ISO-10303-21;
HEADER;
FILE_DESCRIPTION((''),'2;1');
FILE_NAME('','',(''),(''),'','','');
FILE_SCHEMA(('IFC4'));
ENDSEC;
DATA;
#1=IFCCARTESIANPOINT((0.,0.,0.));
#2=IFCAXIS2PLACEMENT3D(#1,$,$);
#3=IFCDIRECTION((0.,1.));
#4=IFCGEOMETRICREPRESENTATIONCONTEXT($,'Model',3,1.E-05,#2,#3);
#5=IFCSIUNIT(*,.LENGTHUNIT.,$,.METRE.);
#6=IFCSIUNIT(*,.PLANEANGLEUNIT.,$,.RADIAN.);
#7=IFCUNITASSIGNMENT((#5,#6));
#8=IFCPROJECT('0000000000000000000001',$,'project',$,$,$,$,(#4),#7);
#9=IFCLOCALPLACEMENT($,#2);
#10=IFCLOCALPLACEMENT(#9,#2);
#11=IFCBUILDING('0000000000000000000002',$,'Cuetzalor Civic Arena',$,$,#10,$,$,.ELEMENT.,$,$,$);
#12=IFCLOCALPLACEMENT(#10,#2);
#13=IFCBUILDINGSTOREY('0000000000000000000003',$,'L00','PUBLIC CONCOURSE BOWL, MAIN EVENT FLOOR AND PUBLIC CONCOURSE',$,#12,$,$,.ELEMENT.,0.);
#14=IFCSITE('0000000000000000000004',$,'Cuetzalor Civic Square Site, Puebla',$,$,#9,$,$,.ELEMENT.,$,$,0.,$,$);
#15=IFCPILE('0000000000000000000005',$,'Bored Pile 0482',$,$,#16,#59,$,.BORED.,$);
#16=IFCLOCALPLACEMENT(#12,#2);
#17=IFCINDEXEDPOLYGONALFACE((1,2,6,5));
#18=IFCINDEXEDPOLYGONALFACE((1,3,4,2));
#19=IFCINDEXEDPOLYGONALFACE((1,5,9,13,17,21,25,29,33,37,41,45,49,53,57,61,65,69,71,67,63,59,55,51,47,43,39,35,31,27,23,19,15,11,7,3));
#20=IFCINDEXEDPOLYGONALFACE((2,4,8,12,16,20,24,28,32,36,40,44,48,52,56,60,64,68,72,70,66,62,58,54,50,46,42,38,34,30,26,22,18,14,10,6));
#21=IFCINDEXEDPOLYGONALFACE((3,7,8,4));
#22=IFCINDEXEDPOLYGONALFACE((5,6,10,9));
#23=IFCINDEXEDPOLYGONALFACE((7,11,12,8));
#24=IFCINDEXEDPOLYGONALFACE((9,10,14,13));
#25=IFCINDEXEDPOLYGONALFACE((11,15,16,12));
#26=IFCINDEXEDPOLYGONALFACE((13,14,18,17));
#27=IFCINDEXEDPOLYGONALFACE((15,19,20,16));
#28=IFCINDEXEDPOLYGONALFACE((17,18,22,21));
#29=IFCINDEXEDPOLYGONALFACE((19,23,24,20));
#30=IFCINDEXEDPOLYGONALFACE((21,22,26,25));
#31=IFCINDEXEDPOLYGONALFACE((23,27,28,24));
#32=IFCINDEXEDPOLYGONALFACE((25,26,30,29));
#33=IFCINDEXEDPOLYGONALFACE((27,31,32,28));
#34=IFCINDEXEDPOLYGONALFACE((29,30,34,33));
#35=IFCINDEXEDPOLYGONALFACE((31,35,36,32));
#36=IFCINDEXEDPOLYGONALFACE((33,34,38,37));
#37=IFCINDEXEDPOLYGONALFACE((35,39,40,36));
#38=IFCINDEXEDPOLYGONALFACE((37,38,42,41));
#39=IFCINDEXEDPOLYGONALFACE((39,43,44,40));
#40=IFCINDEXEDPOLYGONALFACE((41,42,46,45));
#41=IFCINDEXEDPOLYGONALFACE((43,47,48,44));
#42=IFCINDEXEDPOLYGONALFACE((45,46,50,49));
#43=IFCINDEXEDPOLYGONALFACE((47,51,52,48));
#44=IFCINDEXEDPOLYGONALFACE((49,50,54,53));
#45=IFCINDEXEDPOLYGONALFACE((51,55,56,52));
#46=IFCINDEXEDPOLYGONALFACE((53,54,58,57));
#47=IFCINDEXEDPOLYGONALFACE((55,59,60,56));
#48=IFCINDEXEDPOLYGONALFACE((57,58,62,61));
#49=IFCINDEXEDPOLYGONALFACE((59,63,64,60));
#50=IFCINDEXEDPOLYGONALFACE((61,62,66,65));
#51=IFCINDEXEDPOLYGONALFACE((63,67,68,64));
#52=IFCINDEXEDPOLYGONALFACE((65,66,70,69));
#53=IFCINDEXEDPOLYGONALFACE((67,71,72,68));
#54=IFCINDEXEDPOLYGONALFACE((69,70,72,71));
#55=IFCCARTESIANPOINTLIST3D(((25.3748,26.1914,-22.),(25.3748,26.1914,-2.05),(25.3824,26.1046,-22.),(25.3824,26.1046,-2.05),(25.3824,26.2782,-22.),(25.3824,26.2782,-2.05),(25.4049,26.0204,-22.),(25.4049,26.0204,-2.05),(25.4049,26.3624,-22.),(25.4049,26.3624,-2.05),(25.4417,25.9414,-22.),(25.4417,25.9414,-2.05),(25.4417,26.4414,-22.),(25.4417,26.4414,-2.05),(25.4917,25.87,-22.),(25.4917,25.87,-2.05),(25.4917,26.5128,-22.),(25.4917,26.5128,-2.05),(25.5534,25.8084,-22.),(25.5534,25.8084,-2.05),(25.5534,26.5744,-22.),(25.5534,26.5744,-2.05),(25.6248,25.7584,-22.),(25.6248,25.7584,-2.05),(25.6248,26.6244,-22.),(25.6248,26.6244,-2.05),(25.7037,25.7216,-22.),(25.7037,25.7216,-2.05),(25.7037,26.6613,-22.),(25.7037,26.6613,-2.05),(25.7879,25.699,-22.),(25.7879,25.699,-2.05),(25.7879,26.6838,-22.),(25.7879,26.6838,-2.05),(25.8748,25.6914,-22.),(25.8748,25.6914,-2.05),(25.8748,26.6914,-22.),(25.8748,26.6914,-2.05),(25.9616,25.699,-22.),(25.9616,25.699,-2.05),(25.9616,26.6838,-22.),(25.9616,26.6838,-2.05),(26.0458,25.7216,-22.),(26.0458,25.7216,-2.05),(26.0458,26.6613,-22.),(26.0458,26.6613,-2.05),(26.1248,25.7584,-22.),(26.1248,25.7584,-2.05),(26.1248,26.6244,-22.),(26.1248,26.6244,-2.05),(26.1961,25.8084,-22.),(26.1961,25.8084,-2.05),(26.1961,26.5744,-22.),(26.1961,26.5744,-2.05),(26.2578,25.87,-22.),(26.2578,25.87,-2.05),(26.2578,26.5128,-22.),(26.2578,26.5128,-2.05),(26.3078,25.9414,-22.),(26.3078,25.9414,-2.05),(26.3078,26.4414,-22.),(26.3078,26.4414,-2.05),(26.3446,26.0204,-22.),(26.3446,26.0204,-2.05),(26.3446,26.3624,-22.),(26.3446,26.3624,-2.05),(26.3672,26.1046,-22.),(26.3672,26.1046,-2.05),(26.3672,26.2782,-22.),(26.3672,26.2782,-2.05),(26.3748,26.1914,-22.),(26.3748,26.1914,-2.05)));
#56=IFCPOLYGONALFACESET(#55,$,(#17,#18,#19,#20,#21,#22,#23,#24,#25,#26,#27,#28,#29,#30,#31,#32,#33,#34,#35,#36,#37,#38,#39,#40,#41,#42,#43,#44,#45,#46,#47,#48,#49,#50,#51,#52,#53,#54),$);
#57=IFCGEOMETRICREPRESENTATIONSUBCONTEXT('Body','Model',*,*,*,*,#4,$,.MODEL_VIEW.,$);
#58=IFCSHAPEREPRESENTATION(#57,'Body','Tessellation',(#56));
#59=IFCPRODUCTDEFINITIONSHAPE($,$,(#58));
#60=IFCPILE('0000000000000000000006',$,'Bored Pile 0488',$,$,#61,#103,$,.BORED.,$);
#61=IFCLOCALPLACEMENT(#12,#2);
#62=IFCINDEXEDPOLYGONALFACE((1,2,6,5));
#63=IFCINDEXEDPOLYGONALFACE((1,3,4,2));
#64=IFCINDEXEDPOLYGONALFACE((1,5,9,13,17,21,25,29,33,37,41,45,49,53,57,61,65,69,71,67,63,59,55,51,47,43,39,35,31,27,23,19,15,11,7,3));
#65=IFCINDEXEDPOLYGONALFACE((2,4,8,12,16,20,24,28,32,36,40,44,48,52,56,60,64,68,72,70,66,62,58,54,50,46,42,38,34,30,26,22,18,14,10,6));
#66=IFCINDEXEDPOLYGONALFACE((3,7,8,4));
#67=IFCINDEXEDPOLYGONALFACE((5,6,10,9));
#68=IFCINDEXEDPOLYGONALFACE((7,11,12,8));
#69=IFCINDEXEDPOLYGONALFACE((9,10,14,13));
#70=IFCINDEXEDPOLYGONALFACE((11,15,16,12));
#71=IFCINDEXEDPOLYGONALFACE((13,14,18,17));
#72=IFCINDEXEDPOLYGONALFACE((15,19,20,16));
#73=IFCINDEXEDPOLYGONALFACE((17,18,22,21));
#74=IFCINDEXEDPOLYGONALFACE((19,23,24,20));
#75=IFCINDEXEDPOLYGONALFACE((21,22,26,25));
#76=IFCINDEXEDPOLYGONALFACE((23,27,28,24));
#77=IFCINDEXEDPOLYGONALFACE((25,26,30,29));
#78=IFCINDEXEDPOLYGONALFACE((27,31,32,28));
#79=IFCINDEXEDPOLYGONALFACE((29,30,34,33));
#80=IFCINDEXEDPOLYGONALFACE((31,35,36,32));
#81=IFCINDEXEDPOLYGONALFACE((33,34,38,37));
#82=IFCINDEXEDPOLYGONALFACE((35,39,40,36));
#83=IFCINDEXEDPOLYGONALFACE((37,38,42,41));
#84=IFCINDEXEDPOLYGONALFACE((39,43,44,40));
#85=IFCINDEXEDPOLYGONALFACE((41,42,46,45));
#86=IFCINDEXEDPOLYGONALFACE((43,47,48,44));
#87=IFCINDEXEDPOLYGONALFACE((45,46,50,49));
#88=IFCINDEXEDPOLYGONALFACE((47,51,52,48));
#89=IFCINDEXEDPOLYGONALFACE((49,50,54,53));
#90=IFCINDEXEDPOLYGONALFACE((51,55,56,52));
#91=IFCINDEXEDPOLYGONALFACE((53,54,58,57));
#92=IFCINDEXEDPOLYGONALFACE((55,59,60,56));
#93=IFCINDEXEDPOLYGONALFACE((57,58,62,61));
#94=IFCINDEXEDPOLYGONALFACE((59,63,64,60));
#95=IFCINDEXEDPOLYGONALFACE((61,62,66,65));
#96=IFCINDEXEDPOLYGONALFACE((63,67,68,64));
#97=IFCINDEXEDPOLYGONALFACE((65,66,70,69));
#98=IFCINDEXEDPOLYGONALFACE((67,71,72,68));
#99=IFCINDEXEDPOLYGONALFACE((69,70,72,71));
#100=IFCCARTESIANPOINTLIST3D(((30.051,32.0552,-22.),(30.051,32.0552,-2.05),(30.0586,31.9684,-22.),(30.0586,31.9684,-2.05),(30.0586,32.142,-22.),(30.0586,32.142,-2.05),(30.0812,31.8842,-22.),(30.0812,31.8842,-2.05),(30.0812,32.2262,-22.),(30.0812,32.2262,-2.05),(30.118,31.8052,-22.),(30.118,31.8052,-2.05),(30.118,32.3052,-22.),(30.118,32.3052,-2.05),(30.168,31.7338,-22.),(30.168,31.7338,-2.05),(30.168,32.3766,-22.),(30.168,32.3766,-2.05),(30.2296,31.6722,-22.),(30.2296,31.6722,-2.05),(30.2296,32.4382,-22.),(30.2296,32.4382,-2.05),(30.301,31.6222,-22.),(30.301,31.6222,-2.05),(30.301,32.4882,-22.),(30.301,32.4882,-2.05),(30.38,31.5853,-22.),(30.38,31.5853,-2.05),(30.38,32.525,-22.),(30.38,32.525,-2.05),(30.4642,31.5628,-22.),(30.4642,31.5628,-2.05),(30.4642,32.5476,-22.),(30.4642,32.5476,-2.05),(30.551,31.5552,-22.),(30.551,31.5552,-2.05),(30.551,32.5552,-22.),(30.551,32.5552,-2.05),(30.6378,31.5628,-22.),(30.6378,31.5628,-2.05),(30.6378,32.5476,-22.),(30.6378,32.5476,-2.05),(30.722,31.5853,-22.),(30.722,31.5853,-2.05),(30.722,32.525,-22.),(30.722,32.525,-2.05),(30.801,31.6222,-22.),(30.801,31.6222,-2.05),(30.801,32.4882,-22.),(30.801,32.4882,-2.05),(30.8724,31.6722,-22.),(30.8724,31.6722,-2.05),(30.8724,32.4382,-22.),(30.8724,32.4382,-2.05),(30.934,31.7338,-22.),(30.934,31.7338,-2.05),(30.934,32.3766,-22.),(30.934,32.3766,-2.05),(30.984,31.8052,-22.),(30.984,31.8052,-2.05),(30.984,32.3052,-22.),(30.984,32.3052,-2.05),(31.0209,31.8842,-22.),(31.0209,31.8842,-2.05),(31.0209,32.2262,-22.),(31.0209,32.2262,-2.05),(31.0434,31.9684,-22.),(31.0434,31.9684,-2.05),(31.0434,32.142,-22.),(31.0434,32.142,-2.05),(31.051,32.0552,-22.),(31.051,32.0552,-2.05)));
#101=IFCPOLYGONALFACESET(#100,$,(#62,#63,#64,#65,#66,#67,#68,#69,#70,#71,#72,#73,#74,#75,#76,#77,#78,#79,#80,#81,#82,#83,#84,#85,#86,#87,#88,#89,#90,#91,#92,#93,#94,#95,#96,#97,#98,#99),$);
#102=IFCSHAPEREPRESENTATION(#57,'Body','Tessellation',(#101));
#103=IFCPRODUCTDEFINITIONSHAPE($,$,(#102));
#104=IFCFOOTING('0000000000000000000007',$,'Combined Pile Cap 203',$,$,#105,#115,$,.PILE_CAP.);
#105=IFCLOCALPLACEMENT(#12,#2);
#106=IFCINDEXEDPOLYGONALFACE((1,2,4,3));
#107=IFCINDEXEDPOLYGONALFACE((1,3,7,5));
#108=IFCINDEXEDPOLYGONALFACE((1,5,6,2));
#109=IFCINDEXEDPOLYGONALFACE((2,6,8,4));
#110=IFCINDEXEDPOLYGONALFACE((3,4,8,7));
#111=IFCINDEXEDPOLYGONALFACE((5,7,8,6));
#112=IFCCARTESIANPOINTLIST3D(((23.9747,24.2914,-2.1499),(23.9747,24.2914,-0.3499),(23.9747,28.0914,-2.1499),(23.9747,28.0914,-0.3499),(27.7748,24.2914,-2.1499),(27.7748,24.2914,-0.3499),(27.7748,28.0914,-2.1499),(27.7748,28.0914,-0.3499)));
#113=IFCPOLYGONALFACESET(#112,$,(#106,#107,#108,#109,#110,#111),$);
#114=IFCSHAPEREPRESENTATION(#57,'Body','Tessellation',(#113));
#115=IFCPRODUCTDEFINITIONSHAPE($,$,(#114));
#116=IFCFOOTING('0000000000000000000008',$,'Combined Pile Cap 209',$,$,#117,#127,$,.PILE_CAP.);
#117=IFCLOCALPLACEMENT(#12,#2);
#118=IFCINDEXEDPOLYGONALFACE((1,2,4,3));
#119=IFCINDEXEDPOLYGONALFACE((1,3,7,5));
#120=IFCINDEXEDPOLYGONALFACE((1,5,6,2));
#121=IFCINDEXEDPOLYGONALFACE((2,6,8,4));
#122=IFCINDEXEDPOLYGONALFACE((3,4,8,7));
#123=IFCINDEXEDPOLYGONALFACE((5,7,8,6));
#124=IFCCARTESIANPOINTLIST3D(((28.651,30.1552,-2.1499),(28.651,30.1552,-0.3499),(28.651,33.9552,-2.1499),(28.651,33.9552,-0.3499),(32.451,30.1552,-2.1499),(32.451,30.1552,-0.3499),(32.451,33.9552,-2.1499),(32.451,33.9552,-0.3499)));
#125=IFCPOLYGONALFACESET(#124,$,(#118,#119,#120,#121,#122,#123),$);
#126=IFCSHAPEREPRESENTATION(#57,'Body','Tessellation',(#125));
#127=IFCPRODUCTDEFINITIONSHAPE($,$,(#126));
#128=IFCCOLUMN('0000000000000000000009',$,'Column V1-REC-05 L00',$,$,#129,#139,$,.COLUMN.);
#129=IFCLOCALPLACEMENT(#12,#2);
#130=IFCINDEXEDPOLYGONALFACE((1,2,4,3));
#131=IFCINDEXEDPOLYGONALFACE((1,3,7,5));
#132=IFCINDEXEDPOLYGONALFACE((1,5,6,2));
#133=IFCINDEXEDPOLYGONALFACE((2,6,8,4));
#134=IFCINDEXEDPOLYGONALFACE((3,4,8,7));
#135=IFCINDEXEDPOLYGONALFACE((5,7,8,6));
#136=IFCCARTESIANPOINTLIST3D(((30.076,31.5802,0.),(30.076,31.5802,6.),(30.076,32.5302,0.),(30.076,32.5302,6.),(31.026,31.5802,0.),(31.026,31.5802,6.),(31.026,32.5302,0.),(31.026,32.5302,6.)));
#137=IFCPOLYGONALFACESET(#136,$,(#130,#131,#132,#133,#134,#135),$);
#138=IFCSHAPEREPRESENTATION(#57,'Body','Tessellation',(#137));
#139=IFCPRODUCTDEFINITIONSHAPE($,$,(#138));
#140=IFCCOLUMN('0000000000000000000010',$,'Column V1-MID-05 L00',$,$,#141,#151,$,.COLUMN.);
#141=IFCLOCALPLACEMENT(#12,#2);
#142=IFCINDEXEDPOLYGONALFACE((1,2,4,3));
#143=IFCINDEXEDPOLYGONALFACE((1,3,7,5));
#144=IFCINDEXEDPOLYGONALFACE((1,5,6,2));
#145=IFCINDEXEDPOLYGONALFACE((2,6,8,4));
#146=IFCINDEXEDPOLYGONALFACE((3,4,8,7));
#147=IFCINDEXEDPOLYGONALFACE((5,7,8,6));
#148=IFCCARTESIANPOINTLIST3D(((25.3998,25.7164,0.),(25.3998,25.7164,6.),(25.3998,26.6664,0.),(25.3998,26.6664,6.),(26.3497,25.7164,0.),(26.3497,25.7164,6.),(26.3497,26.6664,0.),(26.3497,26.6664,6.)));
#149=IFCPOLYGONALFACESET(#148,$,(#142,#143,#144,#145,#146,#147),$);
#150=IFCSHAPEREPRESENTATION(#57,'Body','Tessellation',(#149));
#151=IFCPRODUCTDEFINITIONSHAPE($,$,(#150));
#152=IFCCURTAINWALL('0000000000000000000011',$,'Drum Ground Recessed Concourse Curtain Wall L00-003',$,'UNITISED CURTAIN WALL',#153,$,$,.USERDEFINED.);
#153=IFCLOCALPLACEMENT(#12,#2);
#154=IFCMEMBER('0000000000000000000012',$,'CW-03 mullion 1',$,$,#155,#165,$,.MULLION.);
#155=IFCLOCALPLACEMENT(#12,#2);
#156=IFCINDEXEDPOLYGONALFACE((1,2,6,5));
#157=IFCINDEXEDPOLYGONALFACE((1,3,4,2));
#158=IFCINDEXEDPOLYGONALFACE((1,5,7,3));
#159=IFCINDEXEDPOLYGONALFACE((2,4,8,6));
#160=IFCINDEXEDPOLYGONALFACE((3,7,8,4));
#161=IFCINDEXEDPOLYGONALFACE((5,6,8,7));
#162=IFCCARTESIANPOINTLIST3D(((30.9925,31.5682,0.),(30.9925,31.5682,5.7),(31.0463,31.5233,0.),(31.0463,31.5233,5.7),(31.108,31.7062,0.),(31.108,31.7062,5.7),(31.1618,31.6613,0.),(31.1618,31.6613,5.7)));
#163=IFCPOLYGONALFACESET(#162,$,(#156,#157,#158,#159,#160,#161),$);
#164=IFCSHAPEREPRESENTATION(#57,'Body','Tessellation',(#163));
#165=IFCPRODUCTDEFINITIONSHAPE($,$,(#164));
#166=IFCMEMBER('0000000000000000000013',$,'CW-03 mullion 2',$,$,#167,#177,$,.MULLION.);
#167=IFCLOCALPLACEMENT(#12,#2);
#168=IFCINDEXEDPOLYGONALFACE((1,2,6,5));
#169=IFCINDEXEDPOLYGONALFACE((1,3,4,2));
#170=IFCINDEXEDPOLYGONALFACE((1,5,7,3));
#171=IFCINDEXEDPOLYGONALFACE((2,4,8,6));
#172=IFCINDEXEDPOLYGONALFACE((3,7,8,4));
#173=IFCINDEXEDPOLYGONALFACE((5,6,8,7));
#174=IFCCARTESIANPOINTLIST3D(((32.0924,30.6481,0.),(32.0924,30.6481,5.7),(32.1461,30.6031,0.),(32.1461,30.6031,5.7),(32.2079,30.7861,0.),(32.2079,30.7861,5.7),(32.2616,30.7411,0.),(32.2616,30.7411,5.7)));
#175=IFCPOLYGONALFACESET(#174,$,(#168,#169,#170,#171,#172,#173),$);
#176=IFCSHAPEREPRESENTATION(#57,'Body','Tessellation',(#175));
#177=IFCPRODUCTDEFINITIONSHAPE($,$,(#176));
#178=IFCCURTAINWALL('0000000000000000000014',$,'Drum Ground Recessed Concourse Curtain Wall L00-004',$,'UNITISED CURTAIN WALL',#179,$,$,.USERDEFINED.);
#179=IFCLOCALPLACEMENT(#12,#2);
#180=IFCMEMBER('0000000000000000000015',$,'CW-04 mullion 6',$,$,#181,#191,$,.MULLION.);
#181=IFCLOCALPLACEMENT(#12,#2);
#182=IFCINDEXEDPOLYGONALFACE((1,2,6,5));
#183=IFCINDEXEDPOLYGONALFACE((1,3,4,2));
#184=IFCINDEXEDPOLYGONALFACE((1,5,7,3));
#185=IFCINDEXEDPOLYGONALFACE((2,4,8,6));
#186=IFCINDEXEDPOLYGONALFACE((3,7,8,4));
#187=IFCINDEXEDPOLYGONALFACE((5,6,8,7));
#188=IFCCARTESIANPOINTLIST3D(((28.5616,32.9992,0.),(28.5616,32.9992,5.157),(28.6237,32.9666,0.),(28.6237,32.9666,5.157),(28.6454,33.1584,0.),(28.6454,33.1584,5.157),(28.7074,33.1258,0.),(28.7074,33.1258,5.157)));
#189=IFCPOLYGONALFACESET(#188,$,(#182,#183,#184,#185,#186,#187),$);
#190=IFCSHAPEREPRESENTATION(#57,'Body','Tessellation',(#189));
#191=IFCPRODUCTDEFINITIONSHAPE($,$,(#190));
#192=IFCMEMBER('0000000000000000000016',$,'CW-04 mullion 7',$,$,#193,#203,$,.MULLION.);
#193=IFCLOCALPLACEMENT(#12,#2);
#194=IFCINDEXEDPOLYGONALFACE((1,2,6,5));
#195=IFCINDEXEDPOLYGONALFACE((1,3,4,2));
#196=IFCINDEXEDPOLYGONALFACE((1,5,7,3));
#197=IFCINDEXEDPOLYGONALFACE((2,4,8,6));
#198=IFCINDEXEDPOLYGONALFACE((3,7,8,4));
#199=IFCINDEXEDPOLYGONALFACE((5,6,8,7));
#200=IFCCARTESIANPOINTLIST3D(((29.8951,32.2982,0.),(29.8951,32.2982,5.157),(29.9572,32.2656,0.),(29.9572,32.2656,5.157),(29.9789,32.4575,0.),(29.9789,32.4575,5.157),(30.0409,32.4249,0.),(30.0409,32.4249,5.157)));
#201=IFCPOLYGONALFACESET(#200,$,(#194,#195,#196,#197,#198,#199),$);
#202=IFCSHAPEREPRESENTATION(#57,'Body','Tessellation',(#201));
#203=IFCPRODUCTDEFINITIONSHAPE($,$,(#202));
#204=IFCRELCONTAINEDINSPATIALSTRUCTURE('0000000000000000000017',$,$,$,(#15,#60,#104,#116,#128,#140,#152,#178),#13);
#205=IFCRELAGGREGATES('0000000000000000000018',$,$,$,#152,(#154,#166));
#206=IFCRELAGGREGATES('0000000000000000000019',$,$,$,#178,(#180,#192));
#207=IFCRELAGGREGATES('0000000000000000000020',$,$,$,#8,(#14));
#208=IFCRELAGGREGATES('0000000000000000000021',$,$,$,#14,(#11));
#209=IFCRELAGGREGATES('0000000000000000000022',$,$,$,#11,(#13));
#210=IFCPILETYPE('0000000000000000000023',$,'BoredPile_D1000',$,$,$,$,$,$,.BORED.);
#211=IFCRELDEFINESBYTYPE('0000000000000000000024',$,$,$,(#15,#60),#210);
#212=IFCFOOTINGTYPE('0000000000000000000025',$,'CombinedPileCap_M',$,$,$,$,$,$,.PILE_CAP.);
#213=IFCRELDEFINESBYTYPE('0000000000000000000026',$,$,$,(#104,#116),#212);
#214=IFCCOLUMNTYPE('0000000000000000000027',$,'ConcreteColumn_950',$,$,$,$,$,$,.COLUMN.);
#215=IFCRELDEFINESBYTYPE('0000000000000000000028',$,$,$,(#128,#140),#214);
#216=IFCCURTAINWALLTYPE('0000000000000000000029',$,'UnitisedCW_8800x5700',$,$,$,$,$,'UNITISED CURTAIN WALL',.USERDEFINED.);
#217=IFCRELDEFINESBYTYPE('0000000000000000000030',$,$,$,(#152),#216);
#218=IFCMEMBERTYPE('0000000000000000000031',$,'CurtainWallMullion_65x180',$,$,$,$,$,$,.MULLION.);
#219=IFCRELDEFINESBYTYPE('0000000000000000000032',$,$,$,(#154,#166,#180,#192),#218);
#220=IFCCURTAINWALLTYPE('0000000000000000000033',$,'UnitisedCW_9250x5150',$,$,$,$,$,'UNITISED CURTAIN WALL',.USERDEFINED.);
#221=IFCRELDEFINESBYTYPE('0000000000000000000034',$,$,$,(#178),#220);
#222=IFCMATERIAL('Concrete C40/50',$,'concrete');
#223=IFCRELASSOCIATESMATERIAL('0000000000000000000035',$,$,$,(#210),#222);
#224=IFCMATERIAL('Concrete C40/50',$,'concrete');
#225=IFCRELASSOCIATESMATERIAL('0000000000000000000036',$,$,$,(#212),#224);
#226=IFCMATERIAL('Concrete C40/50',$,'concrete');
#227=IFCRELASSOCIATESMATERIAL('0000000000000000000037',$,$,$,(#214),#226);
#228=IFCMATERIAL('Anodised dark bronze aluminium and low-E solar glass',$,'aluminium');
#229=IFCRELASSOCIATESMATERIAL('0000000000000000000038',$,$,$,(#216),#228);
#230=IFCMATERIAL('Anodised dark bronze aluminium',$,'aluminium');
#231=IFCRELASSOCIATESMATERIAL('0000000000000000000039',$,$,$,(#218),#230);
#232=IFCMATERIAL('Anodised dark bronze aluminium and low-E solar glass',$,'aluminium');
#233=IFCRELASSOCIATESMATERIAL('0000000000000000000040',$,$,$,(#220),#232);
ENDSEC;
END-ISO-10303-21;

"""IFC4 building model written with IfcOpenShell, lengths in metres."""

from ifc_helpers import new_model, si_unit, direction, frame, origin, origin_2d, place, context, subcontext, project, spatial, rectangle, circle, extrude, material, material_profile, profile_set, type_object, element, aggregate, save


model = new_model("IFC4")

# Units and contexts
model_context = context("Model", 3, precision=1e-05, world=origin(), true_north=direction((0.0, 1.0)))
body_context = subcontext(model_context, "Body", "Model", "MODEL_VIEW")
ifc_project = project(units=[si_unit("LENGTHUNIT", "METRE"), si_unit("PLANEANGLEUNIT", "RADIAN")], contexts=[model_context])

# Site, building, storey
site_placement = place(None, origin())
site = spatial("IfcSite", under=ifc_project, at=site_placement, Name="Cuetzalor Civic Square Site, Puebla", CompositionType="ELEMENT", RefElevation=0.0)
building_placement = place(site_placement, origin())
building = spatial("IfcBuilding", under=site, at=building_placement, Name="Cuetzalor Civic Arena", CompositionType="ELEMENT")
storey_placement = place(building_placement, origin())
storey = spatial("IfcBuildingStorey", under=building, at=storey_placement, Name="L00", Description="PUBLIC CONCOURSE BOWL, MAIN EVENT FLOOR AND PUBLIC CONCOURSE", CompositionType="ELEMENT", Elevation=0.0)

# Piles
ifc_material_1 = material(Name="Concrete C40/50", Category="concrete")
ifc_material_profile_1 = material_profile(ifc_material_1, circle(Radius=0.5, at=origin_2d()), Name="BORED PILE D1000")
ifc_profile_set_1 = profile_set([ifc_material_profile_1], Name="Concrete C40/50")
pile_type = type_object("IfcPileType", Name="BoredPile_D1000", PredefinedType="BORED", material=ifc_profile_set_1)
for number, where, z_axis, x_axis, name in (
    (1, (25.8748, 26.1914, -2.05), (0.0, 0.0, -1.0), (1.0, 0.0, 0.0), "Bored Pile 0482"),
    (2, (30.551, 32.0552, -2.05), (0.0, 0.0, -1.0), (1.0, 0.0, 0.0), "Bored Pile 0488"),
):
    element("IfcPile", number, at=place(storey_placement, frame(where, z_axis=z_axis, x_axis=x_axis)), inside=storey, type_object=pile_type, Name=name, PredefinedType="BORED", context=body_context, shape_type="SweptSolid", body=[
        extrude(circle(Radius=0.5, at=origin_2d()), origin(), (0.0, 0.0, 1.0), 19.95),
    ])

# Footings
ifc_material_2 = material(Name="Concrete C40/50", Category="concrete")
footing_type = type_object("IfcFootingType", Name="CombinedPileCap_M", PredefinedType="PILE_CAP", material=ifc_material_2)
for number, where, z_axis, x_axis, name in (
    (3, (25.8748, 26.1914, -2.1499), (0.0, 0.0, 1.0), (1.0, 0.0, 0.0), "Combined Pile Cap 203"),
    (4, (30.551, 32.0552, -2.1499), (0.0, 0.0, 1.0), (1.0, 0.0, 0.0), "Combined Pile Cap 209"),
):
    element("IfcFooting", number, at=place(storey_placement, frame(where, z_axis=z_axis, x_axis=x_axis)), inside=storey, type_object=footing_type, Name=name, PredefinedType="PILE_CAP", context=body_context, shape_type="SweptSolid", body=[
        extrude(rectangle(XDim=3.8, YDim=3.8, at=origin_2d()), origin(), (0.0, 0.0, 1.0), 1.8),
    ])

# Columns
ifc_material_3 = material(Name="Concrete C40/50", Category="concrete")
ifc_material_profile_2 = material_profile(ifc_material_3, rectangle(XDim=0.95, YDim=0.95, at=origin_2d()), Name="RC 950x950")
ifc_profile_set_2 = profile_set([ifc_material_profile_2], Name="Concrete C40/50")
column_type = type_object("IfcColumnType", Name="ConcreteColumn_950", PredefinedType="COLUMN", material=ifc_profile_set_2)
for number, where, z_axis, x_axis, name in (
    (5, (30.551, 32.0552, 0.0), (0.0, 0.0, 1.0), (1.0, 0.0, 0.0), "Column V1-REC-05 L00"),
    (6, (25.8748, 26.1914, 0.0), (0.0, 0.0, 1.0), (1.0, 0.0, 0.0), "Column V1-MID-05 L00"),
):
    element("IfcColumn", number, at=place(storey_placement, frame(where, z_axis=z_axis, x_axis=x_axis)), inside=storey, type_object=column_type, Name=name, PredefinedType="COLUMN", context=body_context, shape_type="SweptSolid", body=[
        extrude(rectangle(XDim=0.95, YDim=0.95, at=origin_2d()), origin(), (0.0, 0.0, 1.0), 6.0),
    ])

# Curtain walls, members
ifc_material_4 = material(Name="Anodised dark bronze aluminium and low-E solar glass", Category="aluminium")
curtain_wall_type_1 = type_object("IfcCurtainWallType", Name="UnitisedCW_8800x5700", ElementType="UNITISED CURTAIN WALL", PredefinedType="USERDEFINED", material=ifc_material_4)
curtain_wall_1_placement = place(storey_placement, origin())
curtain_wall_1 = element("IfcCurtainWall", 7, at=curtain_wall_1_placement, inside=storey, type_object=curtain_wall_type_1, Name="Drum Ground Recessed Concourse Curtain Wall L00-003", ObjectType="UNITISED CURTAIN WALL", PredefinedType="USERDEFINED")
ifc_material_5 = material(Name="Anodised dark bronze aluminium", Category="aluminium")
ifc_material_profile_3 = material_profile(ifc_material_5, rectangle(XDim=0.0701, YDim=0.1799, at=origin_2d()), Name="ALU MULLION 70x180")
ifc_profile_set_3 = profile_set([ifc_material_profile_3], Name="Anodised dark bronze aluminium")
member_type_1 = type_object("IfcMemberType", Name="CurtainWallMullion_65x180", PredefinedType="MULLION", material=ifc_profile_set_3)
member_1_placement = place(storey_placement, frame((31.0771, 31.6147, 0.0), z_axis=(0.0, 0.0, 1.0), x_axis=(0.766928, -0.641733, 0.0)))
member_1 = element("IfcMember", 8, at=member_1_placement, type_object=member_type_1, Name="CW-03 mullion 1", PredefinedType="MULLION", context=body_context, shape_type="SweptSolid", body=[
    extrude(rectangle(XDim=0.0701, YDim=0.1799, at=origin_2d()), origin(), (0.0, 0.0, 1.0), 5.7),
])
member_2_placement = place(storey_placement, frame((32.177, 30.6946, 0.0), z_axis=(0.0, 0.0, 1.0), x_axis=(0.766928, -0.641733, 0.0)))
member_2 = element("IfcMember", 9, at=member_2_placement, type_object=member_type_1, Name="CW-03 mullion 2", PredefinedType="MULLION", context=body_context, shape_type="SweptSolid", body=[
    extrude(rectangle(XDim=0.0701, YDim=0.1799, at=origin_2d()), origin(), (0.0, 0.0, 1.0), 5.7),
])
ifc_material_6 = material(Name="Anodised dark bronze aluminium and low-E solar glass", Category="aluminium")
curtain_wall_type_2 = type_object("IfcCurtainWallType", Name="UnitisedCW_9250x5150", ElementType="UNITISED CURTAIN WALL", PredefinedType="USERDEFINED", material=ifc_material_6)
curtain_wall_2_placement = place(storey_placement, origin())
curtain_wall_2 = element("IfcCurtainWall", 10, at=curtain_wall_2_placement, inside=storey, type_object=curtain_wall_type_2, Name="Drum Ground Recessed Concourse Curtain Wall L00-004", ObjectType="UNITISED CURTAIN WALL", PredefinedType="USERDEFINED")
member_3_placement = place(storey_placement, frame((28.6345, 33.0625, 0.0), z_axis=(0.0, 0.0, 1.0), x_axis=(0.885118, -0.465366, 0.0)))
member_3 = element("IfcMember", 11, at=member_3_placement, type_object=member_type_1, Name="CW-04 mullion 6", PredefinedType="MULLION", context=body_context, shape_type="SweptSolid", body=[
    extrude(rectangle(XDim=0.0701, YDim=0.1799, at=origin_2d()), origin(), (0.0, 0.0, 1.0), 5.157),
])
member_4_placement = place(storey_placement, frame((29.968, 32.3616, 0.0), z_axis=(0.0, 0.0, 1.0), x_axis=(0.885118, -0.465366, 0.0)))
member_4 = element("IfcMember", 12, at=member_4_placement, type_object=member_type_1, Name="CW-04 mullion 7", PredefinedType="MULLION", context=body_context, shape_type="SweptSolid", body=[
    extrude(rectangle(XDim=0.0701, YDim=0.1799, at=origin_2d()), origin(), (0.0, 0.0, 1.0), 5.157),
])

aggregate(curtain_wall_1, [member_1, member_2])
aggregate(curtain_wall_2, [member_3, member_4])

save(model, "model.ifc")
